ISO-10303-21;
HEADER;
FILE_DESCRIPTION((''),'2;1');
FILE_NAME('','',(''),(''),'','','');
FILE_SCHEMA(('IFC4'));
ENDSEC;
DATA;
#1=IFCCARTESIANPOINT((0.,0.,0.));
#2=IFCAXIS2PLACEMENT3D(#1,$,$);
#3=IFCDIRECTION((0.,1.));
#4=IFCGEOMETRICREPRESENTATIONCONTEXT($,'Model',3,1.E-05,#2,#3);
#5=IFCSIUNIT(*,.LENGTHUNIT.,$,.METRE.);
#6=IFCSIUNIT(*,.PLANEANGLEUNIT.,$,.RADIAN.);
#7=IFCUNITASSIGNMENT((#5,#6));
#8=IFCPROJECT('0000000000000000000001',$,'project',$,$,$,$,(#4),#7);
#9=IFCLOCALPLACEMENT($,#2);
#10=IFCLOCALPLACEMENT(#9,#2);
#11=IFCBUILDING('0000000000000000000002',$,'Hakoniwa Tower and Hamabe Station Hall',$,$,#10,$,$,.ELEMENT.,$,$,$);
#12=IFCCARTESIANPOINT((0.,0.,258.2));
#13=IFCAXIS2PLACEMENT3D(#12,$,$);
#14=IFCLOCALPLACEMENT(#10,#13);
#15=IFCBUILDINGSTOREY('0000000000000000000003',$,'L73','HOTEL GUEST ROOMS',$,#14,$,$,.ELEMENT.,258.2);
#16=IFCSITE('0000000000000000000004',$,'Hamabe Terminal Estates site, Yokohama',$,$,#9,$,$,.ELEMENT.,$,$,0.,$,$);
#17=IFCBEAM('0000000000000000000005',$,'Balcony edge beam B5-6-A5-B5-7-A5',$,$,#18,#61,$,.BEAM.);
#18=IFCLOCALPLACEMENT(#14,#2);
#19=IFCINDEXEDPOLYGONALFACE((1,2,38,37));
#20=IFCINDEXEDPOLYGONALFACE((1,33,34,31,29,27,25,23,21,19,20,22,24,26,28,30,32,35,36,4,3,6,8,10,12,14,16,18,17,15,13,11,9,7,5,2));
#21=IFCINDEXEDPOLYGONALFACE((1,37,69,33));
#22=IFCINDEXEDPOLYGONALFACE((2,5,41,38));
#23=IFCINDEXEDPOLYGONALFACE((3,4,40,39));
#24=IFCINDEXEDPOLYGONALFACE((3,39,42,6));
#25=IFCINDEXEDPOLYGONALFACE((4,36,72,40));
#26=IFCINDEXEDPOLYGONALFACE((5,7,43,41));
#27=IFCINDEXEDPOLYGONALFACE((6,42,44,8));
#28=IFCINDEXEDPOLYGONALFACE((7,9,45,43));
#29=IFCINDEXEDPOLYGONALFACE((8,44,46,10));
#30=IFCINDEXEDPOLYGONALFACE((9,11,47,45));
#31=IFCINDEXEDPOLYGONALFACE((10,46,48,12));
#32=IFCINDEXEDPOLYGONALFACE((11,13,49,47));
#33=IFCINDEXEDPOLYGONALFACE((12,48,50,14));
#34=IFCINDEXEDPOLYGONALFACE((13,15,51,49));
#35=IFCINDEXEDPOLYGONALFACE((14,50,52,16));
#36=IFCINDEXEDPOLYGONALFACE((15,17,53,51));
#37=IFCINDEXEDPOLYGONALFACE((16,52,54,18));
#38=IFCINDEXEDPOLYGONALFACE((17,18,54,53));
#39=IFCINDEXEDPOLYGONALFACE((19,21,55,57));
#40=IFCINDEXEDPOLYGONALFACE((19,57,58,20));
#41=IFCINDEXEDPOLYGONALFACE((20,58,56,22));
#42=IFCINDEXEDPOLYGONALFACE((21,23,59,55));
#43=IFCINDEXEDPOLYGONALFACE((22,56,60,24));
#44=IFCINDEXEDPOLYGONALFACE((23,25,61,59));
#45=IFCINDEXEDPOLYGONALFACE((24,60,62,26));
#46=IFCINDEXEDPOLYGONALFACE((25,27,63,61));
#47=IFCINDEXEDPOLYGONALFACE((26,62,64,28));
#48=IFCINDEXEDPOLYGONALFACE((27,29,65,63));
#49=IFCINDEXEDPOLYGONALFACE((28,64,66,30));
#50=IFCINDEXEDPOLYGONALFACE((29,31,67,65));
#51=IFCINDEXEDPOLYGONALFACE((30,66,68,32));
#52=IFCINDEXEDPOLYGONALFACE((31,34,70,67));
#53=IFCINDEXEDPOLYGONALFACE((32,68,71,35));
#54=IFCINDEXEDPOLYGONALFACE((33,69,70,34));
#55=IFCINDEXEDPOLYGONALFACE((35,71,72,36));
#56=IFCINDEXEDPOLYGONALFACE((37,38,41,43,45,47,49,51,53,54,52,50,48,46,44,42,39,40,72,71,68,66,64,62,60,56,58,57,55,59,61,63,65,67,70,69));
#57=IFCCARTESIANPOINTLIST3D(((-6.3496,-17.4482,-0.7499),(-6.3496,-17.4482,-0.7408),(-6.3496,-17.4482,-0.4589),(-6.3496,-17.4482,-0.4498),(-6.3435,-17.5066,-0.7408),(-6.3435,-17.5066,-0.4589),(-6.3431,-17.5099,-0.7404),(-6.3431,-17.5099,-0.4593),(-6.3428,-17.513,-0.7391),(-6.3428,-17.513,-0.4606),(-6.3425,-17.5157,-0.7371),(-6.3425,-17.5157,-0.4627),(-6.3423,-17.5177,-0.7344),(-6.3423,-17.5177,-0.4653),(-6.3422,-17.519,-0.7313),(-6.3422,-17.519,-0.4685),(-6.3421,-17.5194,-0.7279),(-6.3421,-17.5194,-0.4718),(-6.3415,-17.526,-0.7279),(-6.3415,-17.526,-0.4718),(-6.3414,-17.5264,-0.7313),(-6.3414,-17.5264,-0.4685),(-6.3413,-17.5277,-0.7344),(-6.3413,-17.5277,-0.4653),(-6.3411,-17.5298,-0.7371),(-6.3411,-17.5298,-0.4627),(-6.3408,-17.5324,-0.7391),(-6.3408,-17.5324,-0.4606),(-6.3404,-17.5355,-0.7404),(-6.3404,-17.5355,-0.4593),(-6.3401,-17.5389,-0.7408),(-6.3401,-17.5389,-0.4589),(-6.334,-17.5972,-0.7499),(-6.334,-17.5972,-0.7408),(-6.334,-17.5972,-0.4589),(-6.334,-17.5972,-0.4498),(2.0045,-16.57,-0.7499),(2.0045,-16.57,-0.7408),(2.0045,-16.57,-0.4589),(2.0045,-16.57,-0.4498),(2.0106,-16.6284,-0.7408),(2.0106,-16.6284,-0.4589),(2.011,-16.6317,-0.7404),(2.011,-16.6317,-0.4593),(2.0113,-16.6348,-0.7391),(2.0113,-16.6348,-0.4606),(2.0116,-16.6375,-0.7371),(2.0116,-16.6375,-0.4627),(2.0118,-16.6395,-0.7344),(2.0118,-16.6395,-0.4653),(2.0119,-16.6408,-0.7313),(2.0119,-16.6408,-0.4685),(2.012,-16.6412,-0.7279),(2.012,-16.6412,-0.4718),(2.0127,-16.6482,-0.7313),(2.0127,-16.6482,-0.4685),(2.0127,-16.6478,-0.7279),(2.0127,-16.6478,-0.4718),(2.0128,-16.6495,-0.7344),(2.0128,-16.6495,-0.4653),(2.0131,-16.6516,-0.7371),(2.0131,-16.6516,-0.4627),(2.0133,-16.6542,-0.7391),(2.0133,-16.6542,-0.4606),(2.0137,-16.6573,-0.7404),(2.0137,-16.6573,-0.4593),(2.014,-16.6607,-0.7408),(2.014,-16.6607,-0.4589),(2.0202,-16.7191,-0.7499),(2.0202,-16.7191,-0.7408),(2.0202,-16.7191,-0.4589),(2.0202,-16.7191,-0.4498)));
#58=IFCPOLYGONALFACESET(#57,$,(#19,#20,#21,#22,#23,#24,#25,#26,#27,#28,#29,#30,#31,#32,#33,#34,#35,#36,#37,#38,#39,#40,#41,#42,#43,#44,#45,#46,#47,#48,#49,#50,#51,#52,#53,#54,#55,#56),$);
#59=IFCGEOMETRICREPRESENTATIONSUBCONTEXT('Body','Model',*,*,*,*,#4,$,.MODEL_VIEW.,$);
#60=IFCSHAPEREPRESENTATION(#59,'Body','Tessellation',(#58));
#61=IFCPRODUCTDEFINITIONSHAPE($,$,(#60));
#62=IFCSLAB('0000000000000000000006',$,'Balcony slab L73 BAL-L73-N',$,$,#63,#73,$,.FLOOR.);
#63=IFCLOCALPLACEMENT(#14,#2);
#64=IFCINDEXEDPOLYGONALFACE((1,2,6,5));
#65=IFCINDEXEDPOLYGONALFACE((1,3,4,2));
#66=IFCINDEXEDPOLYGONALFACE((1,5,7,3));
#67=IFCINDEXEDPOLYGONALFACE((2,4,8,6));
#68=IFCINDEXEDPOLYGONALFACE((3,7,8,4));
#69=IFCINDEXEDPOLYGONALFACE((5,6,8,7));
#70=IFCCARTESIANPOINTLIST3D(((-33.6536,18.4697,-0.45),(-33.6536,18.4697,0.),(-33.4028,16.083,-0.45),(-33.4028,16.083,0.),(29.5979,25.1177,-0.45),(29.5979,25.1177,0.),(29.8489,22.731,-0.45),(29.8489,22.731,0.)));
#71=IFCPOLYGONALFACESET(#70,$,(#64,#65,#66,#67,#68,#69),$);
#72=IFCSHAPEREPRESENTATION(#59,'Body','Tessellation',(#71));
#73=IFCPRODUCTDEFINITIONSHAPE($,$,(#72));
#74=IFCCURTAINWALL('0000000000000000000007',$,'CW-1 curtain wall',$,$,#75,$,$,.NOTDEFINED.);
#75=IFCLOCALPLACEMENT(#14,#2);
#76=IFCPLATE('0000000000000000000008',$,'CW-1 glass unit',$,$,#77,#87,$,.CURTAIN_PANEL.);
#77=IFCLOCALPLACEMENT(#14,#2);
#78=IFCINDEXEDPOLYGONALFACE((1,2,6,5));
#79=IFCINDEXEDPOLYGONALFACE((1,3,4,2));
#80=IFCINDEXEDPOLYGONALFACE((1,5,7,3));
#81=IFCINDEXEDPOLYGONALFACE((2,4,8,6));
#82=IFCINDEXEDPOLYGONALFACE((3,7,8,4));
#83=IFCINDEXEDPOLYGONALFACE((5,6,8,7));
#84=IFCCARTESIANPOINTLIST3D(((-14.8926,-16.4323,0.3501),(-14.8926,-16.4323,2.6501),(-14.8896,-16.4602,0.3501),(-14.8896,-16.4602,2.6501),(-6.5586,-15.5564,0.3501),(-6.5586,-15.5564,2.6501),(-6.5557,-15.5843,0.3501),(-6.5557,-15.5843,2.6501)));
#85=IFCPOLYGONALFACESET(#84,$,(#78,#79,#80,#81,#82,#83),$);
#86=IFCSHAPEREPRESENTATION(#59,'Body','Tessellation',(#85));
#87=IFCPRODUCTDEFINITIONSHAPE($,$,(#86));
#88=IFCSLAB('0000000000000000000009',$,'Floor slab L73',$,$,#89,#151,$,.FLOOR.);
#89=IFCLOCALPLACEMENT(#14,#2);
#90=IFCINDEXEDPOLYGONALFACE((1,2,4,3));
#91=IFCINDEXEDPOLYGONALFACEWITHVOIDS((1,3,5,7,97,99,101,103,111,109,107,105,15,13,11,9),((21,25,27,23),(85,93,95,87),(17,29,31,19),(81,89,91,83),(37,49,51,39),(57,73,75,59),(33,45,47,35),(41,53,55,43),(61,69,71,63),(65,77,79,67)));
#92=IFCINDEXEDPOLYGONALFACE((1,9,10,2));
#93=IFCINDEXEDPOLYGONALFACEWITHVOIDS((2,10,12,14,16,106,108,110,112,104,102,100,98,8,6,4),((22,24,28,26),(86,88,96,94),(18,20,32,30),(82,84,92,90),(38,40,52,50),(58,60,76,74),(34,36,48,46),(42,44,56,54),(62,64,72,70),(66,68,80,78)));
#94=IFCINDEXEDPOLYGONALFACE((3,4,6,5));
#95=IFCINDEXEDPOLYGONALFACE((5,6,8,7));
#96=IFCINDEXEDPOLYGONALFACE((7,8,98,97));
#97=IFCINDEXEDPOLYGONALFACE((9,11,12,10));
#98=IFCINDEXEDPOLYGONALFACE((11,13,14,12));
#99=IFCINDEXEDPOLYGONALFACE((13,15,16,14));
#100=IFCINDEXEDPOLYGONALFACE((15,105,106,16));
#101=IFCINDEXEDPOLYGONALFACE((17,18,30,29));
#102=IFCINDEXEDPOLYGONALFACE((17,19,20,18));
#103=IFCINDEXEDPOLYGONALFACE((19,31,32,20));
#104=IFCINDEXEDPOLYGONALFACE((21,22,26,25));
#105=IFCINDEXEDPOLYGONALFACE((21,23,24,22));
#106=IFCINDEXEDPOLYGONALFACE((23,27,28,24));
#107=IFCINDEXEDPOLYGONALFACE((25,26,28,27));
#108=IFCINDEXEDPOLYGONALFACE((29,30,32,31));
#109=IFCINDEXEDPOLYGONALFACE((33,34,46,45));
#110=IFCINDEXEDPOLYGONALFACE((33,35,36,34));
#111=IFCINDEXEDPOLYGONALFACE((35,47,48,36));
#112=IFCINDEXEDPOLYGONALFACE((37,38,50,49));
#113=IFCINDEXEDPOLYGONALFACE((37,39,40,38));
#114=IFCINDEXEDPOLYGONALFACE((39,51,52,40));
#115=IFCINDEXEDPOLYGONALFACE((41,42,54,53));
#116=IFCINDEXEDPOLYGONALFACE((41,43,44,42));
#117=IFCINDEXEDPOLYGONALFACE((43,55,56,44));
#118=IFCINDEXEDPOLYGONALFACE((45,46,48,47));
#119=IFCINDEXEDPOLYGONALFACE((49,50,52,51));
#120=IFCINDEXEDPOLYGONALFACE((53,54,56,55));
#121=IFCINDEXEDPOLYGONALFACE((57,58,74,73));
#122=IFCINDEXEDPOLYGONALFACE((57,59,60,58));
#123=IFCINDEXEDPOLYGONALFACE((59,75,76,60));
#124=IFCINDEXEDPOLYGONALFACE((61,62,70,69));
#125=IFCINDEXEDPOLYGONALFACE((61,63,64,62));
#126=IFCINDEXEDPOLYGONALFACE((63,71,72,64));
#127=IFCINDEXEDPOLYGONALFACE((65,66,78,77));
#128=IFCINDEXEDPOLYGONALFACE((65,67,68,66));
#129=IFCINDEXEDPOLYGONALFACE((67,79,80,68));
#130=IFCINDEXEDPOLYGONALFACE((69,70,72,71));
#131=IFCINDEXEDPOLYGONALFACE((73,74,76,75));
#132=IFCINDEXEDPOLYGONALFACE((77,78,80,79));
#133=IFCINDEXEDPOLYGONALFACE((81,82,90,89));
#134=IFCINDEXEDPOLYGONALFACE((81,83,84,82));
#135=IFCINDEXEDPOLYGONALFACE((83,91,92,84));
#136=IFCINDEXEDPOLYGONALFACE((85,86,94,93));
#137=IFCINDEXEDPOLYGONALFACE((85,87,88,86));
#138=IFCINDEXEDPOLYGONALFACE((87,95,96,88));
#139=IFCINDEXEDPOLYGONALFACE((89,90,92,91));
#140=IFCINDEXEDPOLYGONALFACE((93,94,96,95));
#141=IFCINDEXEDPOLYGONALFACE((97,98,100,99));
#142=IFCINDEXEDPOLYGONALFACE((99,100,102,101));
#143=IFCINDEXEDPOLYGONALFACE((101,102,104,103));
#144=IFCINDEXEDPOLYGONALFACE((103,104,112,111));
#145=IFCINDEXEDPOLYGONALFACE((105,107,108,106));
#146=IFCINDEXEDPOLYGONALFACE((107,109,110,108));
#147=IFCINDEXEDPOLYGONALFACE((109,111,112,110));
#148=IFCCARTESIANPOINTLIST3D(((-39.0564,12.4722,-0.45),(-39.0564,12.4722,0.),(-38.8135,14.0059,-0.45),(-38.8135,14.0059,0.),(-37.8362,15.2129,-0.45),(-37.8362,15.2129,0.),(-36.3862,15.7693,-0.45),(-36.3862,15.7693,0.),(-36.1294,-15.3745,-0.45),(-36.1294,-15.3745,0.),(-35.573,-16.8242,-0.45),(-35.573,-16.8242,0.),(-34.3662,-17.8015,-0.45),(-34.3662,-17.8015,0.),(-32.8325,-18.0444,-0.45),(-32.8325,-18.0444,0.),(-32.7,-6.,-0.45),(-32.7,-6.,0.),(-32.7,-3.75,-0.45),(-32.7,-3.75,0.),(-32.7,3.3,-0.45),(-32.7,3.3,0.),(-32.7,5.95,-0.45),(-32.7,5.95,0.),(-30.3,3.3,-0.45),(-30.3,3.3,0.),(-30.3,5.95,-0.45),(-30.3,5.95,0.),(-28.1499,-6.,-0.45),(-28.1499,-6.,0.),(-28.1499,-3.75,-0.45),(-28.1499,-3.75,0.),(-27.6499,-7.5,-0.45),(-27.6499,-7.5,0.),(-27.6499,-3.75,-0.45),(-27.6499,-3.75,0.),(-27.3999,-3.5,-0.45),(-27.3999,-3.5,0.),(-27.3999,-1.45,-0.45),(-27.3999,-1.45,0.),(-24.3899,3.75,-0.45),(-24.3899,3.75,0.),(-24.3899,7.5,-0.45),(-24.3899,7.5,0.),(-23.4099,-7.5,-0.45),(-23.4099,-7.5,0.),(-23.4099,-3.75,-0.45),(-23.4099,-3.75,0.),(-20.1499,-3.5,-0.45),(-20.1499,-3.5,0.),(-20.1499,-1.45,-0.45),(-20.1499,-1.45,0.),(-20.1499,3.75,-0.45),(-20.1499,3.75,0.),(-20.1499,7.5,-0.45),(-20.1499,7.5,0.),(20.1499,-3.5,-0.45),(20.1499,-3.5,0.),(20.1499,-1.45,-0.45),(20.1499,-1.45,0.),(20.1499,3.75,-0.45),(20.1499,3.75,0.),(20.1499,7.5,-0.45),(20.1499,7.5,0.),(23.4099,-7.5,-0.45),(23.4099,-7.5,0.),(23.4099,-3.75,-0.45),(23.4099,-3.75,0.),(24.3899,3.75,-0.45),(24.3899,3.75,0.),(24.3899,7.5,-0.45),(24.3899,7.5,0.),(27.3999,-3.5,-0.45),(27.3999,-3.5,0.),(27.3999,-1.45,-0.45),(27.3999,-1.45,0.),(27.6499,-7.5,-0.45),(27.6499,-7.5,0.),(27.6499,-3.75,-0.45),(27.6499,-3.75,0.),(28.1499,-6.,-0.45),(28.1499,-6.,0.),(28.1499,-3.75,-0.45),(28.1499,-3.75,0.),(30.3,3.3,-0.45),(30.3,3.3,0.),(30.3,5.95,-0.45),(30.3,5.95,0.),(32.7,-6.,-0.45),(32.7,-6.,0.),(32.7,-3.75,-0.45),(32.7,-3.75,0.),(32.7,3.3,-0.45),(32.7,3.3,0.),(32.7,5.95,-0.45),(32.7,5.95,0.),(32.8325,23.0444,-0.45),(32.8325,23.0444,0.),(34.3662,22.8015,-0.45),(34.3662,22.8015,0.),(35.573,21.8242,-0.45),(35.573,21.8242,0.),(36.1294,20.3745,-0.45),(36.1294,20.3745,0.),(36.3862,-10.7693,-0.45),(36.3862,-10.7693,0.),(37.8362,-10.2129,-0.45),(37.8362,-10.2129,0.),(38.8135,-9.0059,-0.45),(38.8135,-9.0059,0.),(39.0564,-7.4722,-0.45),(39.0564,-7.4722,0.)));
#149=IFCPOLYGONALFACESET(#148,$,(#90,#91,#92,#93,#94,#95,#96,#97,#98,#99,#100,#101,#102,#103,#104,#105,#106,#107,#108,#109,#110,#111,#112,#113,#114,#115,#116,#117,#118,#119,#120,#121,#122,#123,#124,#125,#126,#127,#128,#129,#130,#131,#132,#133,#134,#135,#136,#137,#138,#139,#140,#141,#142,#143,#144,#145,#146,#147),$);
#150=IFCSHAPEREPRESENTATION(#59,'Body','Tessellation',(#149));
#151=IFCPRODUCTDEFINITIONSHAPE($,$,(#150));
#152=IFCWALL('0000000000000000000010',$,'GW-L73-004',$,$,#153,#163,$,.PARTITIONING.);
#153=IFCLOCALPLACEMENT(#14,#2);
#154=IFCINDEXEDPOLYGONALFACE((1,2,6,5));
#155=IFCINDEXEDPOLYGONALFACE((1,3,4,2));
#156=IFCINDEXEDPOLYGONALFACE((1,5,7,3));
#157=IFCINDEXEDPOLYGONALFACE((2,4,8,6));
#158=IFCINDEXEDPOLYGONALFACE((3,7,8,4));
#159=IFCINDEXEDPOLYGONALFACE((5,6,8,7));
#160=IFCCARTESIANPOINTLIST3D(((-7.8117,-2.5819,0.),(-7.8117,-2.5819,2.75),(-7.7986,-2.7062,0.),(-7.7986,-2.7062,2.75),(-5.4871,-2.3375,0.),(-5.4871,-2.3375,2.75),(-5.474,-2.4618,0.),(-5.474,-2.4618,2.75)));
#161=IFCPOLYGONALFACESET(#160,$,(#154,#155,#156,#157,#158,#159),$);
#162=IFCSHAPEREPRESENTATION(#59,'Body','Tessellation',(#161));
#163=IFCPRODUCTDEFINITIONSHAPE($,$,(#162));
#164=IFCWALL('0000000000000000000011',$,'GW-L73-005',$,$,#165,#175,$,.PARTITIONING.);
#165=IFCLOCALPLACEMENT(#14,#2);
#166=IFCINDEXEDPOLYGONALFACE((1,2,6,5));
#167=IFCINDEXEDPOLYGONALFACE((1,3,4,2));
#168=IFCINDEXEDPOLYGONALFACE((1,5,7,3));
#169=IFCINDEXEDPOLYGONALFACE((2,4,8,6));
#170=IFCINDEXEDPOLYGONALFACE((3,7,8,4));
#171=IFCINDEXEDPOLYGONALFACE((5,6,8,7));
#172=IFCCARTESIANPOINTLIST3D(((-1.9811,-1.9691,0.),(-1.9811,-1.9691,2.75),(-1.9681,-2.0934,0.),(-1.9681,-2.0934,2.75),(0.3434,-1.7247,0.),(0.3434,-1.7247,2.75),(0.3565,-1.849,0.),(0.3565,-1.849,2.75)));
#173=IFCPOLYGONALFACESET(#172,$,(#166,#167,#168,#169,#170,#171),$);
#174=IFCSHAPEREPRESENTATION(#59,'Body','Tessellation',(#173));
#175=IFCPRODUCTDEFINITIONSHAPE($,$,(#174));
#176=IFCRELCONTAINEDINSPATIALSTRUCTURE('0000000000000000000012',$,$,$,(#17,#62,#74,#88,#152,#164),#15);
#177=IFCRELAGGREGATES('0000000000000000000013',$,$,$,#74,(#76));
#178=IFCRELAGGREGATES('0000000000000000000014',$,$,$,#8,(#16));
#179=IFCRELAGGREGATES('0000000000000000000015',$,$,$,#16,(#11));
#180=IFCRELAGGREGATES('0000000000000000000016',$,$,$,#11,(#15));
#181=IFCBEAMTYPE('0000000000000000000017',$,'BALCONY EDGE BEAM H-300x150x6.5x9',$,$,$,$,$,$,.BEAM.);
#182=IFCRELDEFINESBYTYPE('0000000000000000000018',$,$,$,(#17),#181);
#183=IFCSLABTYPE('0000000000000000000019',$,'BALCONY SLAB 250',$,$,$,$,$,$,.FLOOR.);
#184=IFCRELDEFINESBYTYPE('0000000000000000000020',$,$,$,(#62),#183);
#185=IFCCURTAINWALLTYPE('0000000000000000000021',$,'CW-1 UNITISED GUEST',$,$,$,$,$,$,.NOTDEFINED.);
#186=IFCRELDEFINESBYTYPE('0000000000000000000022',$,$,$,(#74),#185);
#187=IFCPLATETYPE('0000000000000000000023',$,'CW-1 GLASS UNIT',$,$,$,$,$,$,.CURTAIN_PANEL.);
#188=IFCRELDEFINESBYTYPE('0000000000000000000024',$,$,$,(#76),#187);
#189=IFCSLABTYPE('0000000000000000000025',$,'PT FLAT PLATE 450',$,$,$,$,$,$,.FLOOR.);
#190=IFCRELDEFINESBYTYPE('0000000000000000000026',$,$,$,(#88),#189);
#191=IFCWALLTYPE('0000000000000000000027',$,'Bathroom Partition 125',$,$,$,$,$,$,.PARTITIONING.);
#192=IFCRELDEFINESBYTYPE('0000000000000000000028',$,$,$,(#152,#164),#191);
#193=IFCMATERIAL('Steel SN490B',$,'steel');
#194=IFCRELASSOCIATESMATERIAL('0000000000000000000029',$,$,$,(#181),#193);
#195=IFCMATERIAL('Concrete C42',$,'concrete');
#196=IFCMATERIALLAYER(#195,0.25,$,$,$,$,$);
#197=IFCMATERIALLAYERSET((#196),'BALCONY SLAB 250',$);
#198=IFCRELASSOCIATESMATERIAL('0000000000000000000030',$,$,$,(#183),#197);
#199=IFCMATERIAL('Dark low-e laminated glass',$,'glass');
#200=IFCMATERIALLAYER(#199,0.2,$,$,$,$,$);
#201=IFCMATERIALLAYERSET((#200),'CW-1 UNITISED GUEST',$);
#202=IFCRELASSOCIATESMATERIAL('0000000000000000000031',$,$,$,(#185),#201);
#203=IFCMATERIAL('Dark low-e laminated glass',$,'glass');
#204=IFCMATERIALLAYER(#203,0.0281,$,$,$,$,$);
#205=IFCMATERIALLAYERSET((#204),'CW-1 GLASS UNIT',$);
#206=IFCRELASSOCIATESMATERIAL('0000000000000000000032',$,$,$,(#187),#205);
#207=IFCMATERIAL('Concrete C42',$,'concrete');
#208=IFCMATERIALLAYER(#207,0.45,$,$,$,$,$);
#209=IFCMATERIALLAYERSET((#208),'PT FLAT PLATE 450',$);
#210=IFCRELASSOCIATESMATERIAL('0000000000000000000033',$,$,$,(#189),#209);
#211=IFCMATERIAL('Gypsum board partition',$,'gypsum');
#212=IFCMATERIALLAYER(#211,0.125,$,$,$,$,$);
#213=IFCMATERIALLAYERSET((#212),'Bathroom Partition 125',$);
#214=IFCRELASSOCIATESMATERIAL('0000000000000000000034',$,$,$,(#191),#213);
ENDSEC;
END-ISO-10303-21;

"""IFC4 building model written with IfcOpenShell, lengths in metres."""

from ifc_helpers import new_model, si_unit, direction, frame, frame_2d, origin, origin_2d, place, context, subcontext, project, spatial, polyline, rectangle, i_section, outline, extrude, material, layer, layer_set, material_profile, profile_set, type_object, element, aggregate, save


model = new_model("IFC4")

# Units and contexts
model_context = context("Model", 3, precision=1e-05, world=origin(), true_north=direction((0.0, 1.0)))
body_context = subcontext(model_context, "Body", "Model", "MODEL_VIEW")
ifc_project = project(units=[si_unit("LENGTHUNIT", "METRE"), si_unit("PLANEANGLEUNIT", "RADIAN")], contexts=[model_context])

# Site, building, storey
site_placement = place(None, origin())
site = spatial("IfcSite", under=ifc_project, at=site_placement, Name="Hamabe Terminal Estates site, Yokohama", CompositionType="ELEMENT", RefElevation=0.0)
building_placement = place(site_placement, origin())
building = spatial("IfcBuilding", under=site, at=building_placement, Name="Hakoniwa Tower and Hamabe Station Hall", CompositionType="ELEMENT")
storey_placement = place(building_placement, frame((0.0, 0.0, 258.2)))
storey = spatial("IfcBuildingStorey", under=building, at=storey_placement, Name="L73", Description="HOTEL GUEST ROOMS", CompositionType="ELEMENT", Elevation=258.2)

# Beam
ifc_material_1 = material(Name="Steel SN490B", Category="steel")
ifc_material_profile_1 = material_profile(ifc_material_1, i_section(OverallWidth=0.1499, OverallDepth=0.3, WebThickness=0.0066, FlangeThickness=0.009, FilletRadius=0.0129, at=origin_2d()), Name="H-300x150x6.5x9")
ifc_profile_set_1 = profile_set([ifc_material_profile_1], Name="Steel SN490B")
beam_type_1 = type_object("IfcBeamType", Name="BALCONY EDGE BEAM H-300x150x6.5x9", PredefinedType="BEAM", material=ifc_profile_set_1)
beam_1_placement = place(storey_placement, frame((-6.3418, -17.5227, -0.5999), z_axis=(0.99452, 0.104544, 0.0), x_axis=(-0.104544, 0.99452, 0.0)))
element("IfcBeam", 1, at=beam_1_placement, inside=storey, type_object=beam_type_1, Name="Balcony edge beam B5-6-A5-B5-7-A5", PredefinedType="BEAM", context=body_context, shape_type="SweptSolid", body=[
    extrude(i_section(OverallWidth=0.1499, OverallDepth=0.3, WebThickness=0.0066, FlangeThickness=0.009, FilletRadius=0.0129, at=origin_2d()), origin(), (0.0, 0.0, 1.0), 8.4001),
])

# Slab
ifc_material_2 = material(Name="Concrete C42", Category="concrete")
ifc_layer_1 = layer(ifc_material_2, 0.25)
ifc_layer_set_1 = layer_set([ifc_layer_1], Name="BALCONY SLAB 250")
slab_type_1 = type_object("IfcSlabType", Name="BALCONY SLAB 250", PredefinedType="FLOOR", material=ifc_layer_set_1)
slab_1_placement = place(storey_placement, frame((0.0, 0.0, -0.45)))
element("IfcSlab", 2, at=slab_1_placement, inside=storey, type_object=slab_type_1, Name="Balcony slab L73 BAL-L73-N", PredefinedType="FLOOR", context=body_context, shape_type="SweptSolid", body=[
    extrude(outline(polyline([(-33.4028, 16.083), (29.8489, 22.731), (29.5979, 25.1177), (-33.6536, 18.4697), (-33.4028, 16.083)])), origin(), (0.0, 0.0, 1.0), 0.45),
])

# Curtain wall, plate
ifc_material_3 = material(Name="Dark low-e laminated glass", Category="glass")
ifc_layer_2 = layer(ifc_material_3, 0.2)
ifc_layer_set_2 = layer_set([ifc_layer_2], Name="CW-1 UNITISED GUEST")
curtain_wall_type = type_object("IfcCurtainWallType", Name="CW-1 UNITISED GUEST", PredefinedType="NOTDEFINED", material=ifc_layer_set_2)
curtain_wall_placement = place(storey_placement, origin())
curtain_wall = element("IfcCurtainWall", 3, at=curtain_wall_placement, inside=storey, type_object=curtain_wall_type, Name="CW-1 curtain wall", PredefinedType="NOTDEFINED")
ifc_material_4 = material(Name="Dark low-e laminated glass", Category="glass")
ifc_layer_3 = layer(ifc_material_4, 0.0281)
ifc_layer_set_3 = layer_set([ifc_layer_3], Name="CW-1 GLASS UNIT")
plate_type = type_object("IfcPlateType", Name="CW-1 GLASS UNIT", PredefinedType="CURTAIN_PANEL", material=ifc_layer_set_3)
plate_placement = place(storey_placement, frame((-10.7241, -16.0083, 0.3501), z_axis=(0.0, 0.0, 1.0), x_axis=(0.994522, 0.104528, 0.0)))
plate = element("IfcPlate", 4, at=plate_placement, type_object=plate_type, Name="CW-1 glass unit", PredefinedType="CURTAIN_PANEL", context=body_context, shape_type="SweptSolid", body=[
    extrude(rectangle(XDim=8.3799, YDim=0.0281, at=origin_2d()), origin(), (0.0, 0.0, 1.0), 2.3),
])

# Slab
ifc_material_5 = material(Name="Concrete C42", Category="concrete")
ifc_layer_4 = layer(ifc_material_5, 0.45)
ifc_layer_set_4 = layer_set([ifc_layer_4], Name="PT FLAT PLATE 450")
slab_type_2 = type_object("IfcSlabType", Name="PT FLAT PLATE 450", PredefinedType="FLOOR", material=ifc_layer_set_4)
slab_2_placement = place(storey_placement, frame((0.0, 0.0, -0.45)))
element("IfcSlab", 5, at=slab_2_placement, inside=storey, type_object=slab_type_2, Name="Floor slab L73", PredefinedType="FLOOR", context=body_context, shape_type="SweptSolid", body=[
    extrude(outline(polyline([(39.0564, -7.4722), (36.1294, 20.3745), (35.573, 21.8242), (34.3662, 22.8015), (32.8325, 23.0444), (-36.3862, 15.7693), (-37.8362, 15.2129), (-38.8135, 14.0059), (-39.0564, 12.4722), (-36.1294, -15.3745), (-35.573, -16.8242), (-34.3662, -17.8015), (-32.8325, -18.0444), (36.3862, -10.7693), (37.8362, -10.2129), (38.8135, -9.0059), (39.0564, -7.4722)]), holes=[polyline([(-27.3999, -3.5), (-27.3999, -1.45), (-20.1499, -1.45), (-20.1499, -3.5), (-27.3999, -3.5)]), polyline([(-32.7, 3.3), (-32.7, 5.95), (-30.3, 5.95), (-30.3, 3.3), (-32.7, 3.3)]), polyline([(-32.7, -6.0), (-32.7, -3.75), (-28.1499, -3.75), (-28.1499, -6.0), (-32.7, -6.0)]), polyline([(-24.3899, 3.75), (-24.3899, 7.5), (-20.1499, 7.5), (-20.1499, 3.75), (-24.3899, 3.75)]), polyline([(-27.6499, -7.5), (-27.6499, -3.75), (-23.4099, -3.75), (-23.4099, -7.5), (-27.6499, -7.5)]), polyline([(20.1499, -3.5), (20.1499, -1.45), (27.3999, -1.45), (27.3999, -3.5), (20.1499, -3.5)]), polyline([(30.3, 3.3), (30.3, 5.95), (32.7, 5.95), (32.7, 3.3), (30.3, 3.3)]), polyline([(28.1499, -6.0), (28.1499, -3.75), (32.7, -3.75), (32.7, -6.0), (28.1499, -6.0)]), polyline([(20.1499, 3.75), (20.1499, 7.5), (24.3899, 7.5), (24.3899, 3.75), (20.1499, 3.75)]), polyline([(23.4099, -7.5), (23.4099, -3.75), (27.6499, -3.75), (27.6499, -7.5), (23.4099, -7.5)])]), origin(), (0.0, 0.0, 1.0), 0.45),
])

# Walls
ifc_material_6 = material(Name="Gypsum board partition", Category="gypsum")
ifc_layer_5 = layer(ifc_material_6, 0.125)
ifc_layer_set_5 = layer_set([ifc_layer_5], Name="Bathroom Partition 125")
wall_type_1 = type_object("IfcWallType", Name="Bathroom Partition 125", PredefinedType="PARTITIONING", material=ifc_layer_set_5)
for number, where, z_axis, x_axis, name in (
    (6, (-7.8052, -2.644, 0.0), (0.0, 0.0, 1.0), (0.99452, 0.104549, 0.0), "GW-L73-004"),
    (7, (-1.9746, -2.0312, 0.0), (0.0, 0.0, 1.0), (0.99452, 0.104549, 0.0), "GW-L73-005"),
):
    element("IfcWall", number, at=place(storey_placement, frame(where, z_axis=z_axis, x_axis=x_axis)), inside=storey, type_object=wall_type_1, Name=name, PredefinedType="PARTITIONING", context=body_context, shape_type="SweptSolid", body=[
        extrude(rectangle(XDim=2.3374, YDim=0.125, at=frame_2d((1.1687, 0.0))), origin(), (0.0, 0.0, 1.0), 2.75),
    ])

aggregate(curtain_wall, [plate])

save(model, "model.ifc")
